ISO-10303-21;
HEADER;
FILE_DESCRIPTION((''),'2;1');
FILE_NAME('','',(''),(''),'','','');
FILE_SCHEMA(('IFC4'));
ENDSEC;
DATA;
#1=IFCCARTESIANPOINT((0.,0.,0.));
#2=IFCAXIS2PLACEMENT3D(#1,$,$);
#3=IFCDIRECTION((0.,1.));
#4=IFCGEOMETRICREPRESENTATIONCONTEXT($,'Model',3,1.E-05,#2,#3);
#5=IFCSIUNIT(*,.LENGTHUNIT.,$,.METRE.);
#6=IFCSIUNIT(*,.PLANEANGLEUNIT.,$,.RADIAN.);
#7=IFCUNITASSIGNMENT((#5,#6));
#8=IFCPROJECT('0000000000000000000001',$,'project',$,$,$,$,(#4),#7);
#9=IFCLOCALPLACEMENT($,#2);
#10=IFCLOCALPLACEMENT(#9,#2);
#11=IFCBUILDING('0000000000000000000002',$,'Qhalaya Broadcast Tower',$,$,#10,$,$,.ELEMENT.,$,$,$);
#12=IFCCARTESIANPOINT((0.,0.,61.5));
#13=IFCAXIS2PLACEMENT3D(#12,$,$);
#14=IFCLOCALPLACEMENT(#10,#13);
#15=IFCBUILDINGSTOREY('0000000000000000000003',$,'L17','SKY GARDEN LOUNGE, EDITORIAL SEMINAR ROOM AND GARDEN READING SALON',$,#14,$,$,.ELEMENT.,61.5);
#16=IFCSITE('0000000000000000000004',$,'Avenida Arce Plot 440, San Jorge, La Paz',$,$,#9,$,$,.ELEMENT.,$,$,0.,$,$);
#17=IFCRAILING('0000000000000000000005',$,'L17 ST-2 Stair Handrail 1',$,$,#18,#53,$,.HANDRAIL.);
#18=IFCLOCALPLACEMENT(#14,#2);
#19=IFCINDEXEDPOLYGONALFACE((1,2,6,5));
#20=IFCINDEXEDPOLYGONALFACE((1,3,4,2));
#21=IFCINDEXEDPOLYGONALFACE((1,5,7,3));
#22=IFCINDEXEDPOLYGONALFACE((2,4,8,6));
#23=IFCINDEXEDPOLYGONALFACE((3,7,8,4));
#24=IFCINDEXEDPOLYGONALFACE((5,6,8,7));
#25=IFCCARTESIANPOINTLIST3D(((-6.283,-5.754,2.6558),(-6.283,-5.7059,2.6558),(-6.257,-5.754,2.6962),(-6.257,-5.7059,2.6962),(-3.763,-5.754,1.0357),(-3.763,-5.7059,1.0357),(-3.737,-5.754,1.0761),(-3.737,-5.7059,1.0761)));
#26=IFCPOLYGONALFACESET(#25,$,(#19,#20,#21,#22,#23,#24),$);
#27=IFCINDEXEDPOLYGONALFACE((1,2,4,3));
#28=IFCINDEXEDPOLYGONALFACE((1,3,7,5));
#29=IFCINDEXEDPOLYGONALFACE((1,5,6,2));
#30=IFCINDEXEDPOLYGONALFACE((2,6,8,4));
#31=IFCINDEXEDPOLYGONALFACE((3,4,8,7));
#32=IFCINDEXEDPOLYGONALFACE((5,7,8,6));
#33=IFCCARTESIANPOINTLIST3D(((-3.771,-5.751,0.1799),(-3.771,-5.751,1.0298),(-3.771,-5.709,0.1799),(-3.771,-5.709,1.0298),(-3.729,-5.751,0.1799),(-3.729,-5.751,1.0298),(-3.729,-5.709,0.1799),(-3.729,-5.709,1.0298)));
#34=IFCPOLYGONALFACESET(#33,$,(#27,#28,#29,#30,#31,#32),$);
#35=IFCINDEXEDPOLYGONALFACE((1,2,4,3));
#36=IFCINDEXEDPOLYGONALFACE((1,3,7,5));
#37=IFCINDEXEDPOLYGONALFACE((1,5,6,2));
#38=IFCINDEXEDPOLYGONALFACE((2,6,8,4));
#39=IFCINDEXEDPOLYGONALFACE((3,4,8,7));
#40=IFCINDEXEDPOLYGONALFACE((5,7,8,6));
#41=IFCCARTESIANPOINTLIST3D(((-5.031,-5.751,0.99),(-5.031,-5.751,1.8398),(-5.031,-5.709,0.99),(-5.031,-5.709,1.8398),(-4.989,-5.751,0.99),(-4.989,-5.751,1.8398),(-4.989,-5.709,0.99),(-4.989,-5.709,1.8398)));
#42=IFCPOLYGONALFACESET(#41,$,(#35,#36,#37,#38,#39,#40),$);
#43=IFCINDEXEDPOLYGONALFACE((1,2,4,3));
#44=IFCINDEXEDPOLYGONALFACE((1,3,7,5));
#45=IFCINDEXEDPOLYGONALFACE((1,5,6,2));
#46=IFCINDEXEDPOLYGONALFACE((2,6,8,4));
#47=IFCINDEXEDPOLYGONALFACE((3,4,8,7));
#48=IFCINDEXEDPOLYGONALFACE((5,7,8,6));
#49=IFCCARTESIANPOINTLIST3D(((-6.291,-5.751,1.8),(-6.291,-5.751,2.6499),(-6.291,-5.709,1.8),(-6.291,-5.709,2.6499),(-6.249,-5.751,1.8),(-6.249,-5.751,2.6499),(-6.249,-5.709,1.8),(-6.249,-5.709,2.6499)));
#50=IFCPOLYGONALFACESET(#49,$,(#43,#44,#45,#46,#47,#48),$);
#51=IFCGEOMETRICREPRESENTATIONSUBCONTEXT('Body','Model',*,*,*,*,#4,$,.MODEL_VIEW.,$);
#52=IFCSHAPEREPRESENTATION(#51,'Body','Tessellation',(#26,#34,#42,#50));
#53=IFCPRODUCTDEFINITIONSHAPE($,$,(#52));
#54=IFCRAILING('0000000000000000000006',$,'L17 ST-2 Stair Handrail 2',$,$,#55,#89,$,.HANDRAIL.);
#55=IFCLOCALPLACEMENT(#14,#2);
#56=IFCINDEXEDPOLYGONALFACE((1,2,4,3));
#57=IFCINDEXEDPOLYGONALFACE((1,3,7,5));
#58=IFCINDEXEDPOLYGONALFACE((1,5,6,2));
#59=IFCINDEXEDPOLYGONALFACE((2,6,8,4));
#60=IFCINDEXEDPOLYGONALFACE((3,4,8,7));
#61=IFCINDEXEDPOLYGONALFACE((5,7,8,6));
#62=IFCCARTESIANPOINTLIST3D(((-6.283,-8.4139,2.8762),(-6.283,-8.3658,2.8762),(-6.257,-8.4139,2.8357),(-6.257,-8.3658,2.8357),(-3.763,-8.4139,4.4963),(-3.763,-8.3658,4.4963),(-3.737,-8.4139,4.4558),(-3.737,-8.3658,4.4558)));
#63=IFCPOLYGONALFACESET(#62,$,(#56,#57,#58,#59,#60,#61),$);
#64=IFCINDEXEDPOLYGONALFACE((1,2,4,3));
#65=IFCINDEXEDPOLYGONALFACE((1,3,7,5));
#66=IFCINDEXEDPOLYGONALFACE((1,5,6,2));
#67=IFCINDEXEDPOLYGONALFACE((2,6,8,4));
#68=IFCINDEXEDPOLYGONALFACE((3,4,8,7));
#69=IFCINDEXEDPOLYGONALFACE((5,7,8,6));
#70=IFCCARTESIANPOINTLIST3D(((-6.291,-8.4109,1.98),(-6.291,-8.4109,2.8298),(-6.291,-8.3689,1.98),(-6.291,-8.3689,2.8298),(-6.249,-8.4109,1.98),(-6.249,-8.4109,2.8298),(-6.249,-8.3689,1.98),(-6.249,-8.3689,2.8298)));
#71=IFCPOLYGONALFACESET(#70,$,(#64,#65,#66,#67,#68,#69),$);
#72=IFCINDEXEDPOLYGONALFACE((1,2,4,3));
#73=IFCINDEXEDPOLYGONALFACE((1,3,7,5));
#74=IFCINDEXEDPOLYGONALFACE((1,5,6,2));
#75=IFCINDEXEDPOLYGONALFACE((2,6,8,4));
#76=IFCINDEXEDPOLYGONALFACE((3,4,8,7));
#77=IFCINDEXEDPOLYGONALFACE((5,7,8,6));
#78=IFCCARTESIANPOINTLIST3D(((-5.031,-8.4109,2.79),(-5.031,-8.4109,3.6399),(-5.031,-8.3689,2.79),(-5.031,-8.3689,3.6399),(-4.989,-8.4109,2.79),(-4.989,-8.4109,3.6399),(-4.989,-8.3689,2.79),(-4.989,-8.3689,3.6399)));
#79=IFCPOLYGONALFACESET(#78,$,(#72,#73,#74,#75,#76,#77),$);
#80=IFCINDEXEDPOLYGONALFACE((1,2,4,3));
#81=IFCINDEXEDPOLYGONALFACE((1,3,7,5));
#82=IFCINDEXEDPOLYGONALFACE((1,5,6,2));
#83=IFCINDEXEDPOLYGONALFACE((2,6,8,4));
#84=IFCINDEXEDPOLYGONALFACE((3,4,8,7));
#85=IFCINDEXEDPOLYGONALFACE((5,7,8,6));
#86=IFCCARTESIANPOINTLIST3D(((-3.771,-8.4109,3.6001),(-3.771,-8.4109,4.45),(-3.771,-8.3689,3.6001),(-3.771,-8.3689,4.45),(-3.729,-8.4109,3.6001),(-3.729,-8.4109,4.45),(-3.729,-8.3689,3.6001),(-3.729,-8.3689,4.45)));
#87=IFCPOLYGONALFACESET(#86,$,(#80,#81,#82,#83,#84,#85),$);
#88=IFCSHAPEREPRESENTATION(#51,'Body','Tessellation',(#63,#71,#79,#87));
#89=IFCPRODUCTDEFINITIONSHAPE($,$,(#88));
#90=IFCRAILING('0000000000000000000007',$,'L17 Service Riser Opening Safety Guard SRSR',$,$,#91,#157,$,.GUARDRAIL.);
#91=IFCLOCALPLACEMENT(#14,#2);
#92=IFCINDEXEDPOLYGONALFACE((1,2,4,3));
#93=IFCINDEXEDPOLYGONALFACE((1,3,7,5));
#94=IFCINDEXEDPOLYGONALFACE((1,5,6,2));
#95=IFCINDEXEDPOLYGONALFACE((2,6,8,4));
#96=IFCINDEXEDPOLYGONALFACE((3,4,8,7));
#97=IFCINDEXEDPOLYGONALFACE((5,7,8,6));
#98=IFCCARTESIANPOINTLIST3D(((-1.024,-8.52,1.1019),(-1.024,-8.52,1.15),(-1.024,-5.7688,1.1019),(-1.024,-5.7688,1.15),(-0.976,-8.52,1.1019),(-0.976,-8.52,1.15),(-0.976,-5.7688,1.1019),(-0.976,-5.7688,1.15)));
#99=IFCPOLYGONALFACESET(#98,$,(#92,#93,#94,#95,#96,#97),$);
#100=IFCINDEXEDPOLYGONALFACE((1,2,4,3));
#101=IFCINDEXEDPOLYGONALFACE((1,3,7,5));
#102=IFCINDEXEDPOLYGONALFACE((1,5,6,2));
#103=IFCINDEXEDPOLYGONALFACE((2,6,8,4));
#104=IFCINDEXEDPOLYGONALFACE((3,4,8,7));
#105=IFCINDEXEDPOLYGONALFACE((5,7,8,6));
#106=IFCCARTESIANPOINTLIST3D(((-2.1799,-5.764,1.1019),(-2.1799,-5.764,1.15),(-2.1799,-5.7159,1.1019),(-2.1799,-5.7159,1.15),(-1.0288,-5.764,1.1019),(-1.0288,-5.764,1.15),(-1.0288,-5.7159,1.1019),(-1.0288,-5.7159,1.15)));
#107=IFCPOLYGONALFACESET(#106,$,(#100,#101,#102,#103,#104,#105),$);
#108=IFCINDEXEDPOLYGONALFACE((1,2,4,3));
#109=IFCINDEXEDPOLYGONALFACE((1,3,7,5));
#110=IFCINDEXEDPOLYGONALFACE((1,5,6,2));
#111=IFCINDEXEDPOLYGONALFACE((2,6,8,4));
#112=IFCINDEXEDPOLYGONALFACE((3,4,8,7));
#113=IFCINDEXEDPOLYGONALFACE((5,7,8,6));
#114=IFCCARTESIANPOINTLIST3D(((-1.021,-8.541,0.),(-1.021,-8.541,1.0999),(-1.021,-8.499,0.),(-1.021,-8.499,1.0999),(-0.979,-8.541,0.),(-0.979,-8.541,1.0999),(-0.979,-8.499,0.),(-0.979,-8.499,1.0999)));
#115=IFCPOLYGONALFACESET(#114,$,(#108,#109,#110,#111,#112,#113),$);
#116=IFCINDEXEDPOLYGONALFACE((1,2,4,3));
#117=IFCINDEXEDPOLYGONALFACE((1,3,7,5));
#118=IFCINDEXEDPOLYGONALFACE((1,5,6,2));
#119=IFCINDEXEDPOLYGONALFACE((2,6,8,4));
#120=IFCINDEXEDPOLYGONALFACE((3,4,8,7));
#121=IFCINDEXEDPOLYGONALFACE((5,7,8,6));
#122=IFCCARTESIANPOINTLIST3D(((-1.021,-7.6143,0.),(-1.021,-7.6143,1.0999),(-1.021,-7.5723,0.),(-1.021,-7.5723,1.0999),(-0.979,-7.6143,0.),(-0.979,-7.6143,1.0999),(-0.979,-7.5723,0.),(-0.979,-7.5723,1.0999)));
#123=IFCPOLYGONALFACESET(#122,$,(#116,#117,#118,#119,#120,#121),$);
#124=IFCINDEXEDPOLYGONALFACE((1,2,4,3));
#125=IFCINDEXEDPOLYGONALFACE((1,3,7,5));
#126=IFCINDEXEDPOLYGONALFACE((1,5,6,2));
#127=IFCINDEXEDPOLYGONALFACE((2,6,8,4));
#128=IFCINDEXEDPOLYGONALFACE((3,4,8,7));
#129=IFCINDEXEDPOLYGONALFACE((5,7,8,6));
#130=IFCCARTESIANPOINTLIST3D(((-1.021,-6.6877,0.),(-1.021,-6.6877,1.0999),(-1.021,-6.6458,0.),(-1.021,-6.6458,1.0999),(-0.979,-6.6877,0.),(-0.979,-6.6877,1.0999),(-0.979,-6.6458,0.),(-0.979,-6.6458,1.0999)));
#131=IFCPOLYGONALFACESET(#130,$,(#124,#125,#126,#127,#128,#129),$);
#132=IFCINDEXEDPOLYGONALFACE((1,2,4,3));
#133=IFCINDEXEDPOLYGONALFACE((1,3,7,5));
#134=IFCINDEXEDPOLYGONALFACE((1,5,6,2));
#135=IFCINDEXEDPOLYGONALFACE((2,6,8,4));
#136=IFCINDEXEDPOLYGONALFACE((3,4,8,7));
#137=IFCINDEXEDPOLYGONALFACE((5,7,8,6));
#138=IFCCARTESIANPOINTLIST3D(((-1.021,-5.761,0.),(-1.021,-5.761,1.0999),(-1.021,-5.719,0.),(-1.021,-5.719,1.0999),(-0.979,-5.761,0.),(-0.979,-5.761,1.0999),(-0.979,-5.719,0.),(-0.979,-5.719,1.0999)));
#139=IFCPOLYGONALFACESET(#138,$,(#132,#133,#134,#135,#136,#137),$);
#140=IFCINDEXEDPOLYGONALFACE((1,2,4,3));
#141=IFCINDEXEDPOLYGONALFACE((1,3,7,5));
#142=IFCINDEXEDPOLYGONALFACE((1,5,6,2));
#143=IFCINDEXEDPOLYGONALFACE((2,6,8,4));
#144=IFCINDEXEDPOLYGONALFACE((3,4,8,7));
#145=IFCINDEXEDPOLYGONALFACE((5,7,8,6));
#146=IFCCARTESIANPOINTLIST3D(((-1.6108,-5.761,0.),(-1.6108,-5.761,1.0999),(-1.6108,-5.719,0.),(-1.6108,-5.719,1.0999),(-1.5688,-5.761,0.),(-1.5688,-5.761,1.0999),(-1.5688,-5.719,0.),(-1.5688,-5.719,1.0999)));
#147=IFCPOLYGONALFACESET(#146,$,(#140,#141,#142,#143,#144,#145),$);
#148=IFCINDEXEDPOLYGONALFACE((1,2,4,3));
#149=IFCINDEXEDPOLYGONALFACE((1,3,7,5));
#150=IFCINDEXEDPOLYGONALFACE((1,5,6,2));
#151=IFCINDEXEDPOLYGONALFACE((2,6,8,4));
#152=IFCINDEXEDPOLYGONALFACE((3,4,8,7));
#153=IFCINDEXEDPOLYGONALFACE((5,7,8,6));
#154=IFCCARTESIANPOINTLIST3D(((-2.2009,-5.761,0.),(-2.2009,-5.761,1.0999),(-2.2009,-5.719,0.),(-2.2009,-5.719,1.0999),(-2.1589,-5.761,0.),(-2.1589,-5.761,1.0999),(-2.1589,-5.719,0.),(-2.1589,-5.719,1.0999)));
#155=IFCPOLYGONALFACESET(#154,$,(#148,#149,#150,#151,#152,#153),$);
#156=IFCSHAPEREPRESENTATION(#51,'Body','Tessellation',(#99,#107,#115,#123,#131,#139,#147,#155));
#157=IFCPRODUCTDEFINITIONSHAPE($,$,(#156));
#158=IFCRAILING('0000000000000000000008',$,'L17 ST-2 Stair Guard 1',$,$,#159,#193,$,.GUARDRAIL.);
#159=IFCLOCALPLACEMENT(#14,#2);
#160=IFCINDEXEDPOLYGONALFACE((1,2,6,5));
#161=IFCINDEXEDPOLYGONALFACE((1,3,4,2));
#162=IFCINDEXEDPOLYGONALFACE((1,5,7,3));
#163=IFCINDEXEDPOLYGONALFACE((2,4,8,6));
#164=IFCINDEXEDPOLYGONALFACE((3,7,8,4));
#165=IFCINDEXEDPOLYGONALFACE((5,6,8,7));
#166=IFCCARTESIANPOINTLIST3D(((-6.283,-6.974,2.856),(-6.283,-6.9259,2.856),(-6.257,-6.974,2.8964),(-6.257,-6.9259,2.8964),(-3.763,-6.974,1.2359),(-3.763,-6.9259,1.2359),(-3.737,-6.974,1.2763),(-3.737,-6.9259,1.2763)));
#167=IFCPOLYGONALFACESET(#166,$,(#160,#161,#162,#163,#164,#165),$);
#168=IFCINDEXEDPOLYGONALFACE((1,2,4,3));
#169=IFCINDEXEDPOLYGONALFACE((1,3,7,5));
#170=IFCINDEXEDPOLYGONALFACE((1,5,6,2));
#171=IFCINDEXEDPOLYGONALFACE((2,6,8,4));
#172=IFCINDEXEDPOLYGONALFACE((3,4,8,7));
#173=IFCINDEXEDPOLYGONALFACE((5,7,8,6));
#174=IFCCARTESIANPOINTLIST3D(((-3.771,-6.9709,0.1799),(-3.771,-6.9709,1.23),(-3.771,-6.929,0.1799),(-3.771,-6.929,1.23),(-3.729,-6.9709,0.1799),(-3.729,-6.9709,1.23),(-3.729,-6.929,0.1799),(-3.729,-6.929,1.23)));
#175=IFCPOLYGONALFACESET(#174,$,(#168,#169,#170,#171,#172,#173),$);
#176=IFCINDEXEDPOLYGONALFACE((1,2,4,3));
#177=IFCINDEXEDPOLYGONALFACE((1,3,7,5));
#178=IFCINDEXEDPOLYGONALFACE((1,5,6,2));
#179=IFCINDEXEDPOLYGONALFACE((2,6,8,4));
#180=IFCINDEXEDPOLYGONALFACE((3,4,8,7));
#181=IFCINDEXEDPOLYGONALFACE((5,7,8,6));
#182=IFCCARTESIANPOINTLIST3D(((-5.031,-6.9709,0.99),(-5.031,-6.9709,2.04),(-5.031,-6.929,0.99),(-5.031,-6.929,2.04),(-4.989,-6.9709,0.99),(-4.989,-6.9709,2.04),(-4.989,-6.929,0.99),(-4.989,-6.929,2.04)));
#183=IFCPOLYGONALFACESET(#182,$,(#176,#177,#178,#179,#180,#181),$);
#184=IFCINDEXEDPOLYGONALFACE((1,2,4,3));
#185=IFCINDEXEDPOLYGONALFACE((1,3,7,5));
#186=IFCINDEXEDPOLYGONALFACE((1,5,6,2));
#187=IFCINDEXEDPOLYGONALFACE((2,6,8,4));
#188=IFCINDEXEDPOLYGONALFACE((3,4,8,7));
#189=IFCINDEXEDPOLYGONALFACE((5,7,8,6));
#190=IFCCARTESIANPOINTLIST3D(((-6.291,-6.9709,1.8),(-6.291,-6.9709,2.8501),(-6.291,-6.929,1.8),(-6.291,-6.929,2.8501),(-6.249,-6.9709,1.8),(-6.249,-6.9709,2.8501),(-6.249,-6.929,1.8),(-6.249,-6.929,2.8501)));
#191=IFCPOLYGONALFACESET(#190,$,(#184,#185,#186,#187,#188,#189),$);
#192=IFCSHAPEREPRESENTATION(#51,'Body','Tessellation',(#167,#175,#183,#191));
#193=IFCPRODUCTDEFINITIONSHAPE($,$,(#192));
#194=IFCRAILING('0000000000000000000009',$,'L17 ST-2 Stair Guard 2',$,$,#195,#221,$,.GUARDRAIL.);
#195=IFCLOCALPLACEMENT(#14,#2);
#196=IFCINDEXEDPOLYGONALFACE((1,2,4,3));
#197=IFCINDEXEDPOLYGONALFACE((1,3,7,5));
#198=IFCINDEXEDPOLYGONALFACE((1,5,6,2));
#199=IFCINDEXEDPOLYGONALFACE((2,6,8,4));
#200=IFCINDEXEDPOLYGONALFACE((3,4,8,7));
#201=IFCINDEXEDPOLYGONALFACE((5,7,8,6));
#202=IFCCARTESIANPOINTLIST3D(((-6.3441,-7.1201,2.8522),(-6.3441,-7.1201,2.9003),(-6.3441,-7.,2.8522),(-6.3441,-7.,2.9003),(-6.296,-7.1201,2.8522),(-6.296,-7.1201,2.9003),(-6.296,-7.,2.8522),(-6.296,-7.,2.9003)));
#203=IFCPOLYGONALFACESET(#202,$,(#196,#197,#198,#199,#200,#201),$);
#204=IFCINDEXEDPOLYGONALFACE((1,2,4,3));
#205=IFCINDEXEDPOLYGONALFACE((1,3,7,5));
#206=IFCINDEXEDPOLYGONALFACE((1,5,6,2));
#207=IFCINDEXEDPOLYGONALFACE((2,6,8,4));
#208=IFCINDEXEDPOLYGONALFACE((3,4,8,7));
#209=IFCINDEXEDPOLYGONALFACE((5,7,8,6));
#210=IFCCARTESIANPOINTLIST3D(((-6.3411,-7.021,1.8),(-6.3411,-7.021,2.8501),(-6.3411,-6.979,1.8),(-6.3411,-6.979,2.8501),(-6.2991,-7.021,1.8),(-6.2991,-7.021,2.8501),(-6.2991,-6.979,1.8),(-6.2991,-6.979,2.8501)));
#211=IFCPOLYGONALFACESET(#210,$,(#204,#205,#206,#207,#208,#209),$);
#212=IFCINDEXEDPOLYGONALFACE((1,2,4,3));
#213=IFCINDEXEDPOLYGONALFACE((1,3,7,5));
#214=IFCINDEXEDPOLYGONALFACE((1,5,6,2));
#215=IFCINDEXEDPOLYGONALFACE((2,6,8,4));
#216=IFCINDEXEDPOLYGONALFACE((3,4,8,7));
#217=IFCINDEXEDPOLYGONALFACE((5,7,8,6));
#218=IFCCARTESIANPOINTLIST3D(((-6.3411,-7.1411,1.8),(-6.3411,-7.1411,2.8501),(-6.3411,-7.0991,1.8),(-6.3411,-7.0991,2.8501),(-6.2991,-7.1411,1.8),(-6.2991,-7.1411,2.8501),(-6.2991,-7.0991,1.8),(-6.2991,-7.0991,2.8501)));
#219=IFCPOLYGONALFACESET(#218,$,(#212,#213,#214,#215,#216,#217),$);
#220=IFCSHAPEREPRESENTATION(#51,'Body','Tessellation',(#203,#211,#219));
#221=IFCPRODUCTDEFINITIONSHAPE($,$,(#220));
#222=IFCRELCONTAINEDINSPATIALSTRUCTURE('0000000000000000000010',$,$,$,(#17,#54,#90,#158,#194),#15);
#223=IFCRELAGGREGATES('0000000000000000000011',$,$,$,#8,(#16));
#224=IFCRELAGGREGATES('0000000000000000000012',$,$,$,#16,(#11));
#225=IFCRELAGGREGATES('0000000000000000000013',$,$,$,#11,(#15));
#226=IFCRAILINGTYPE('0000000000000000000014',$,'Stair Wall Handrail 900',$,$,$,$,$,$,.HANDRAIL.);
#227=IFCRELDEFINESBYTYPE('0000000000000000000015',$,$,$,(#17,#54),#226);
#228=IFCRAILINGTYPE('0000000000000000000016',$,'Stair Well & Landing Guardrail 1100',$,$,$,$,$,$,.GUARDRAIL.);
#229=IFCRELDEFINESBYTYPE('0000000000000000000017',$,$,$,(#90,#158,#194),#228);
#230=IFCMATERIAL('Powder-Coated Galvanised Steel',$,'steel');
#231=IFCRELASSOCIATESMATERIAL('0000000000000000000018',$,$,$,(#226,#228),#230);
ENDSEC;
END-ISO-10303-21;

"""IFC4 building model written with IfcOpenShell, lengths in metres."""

from ifc_helpers import new_model, si_unit, direction, frame, origin, origin_2d, place, context, subcontext, project, spatial, rectangle, extrude, material, type_object, element, save


model = new_model("IFC4")

# Units and contexts
model_context = context("Model", 3, precision=1e-05, world=origin(), true_north=direction((0.0, 1.0)))
body_context = subcontext(model_context, "Body", "Model", "MODEL_VIEW")
ifc_project = project(units=[si_unit("LENGTHUNIT", "METRE"), si_unit("PLANEANGLEUNIT", "RADIAN")], contexts=[model_context])

# Site, building, storey
site_placement = place(None, origin())
site = spatial("IfcSite", under=ifc_project, at=site_placement, Name="Avenida Arce Plot 440, San Jorge, La Paz", CompositionType="ELEMENT", RefElevation=0.0)
building_placement = place(site_placement, origin())
building = spatial("IfcBuilding", under=site, at=building_placement, Name="Qhalaya Broadcast Tower", CompositionType="ELEMENT")
storey_placement = place(building_placement, frame((0.0, 0.0, 61.5)))
storey = spatial("IfcBuildingStorey", under=building, at=storey_placement, Name="L17", Description="SKY GARDEN LOUNGE, EDITORIAL SEMINAR ROOM AND GARDEN READING SALON", CompositionType="ELEMENT", Elevation=61.5)

# Railings
ifc_material_1 = material(Name="Powder-Coated Galvanised Steel", Category="steel")
railing_type_1 = type_object("IfcRailingType", Name="Stair Wall Handrail 900", PredefinedType="HANDRAIL", material=ifc_material_1)
railing_1_placement = place(storey_placement, frame((-3.75, -5.73, 0.1799)))
element("IfcRailing", 1, at=railing_1_placement, inside=storey, type_object=railing_type_1, Name="L17 ST-2 Stair Handrail 1", PredefinedType="HANDRAIL", context=body_context, shape_type="SweptSolid", body=[
    extrude(rectangle(XDim=0.0481, YDim=0.0481, at=origin_2d()), frame((0.0, 0.0, 0.876), z_axis=(-0.841163, 0.0, 0.540782), x_axis=(0.0, -1.0, 0.0)), (0.0, 0.0, 1.0), 2.9958),
    extrude(rectangle(XDim=0.042, YDim=0.042, at=origin_2d()), origin(), (0.0, 0.0, 1.0), 0.8499),
    extrude(rectangle(XDim=0.042, YDim=0.042, at=origin_2d()), frame((-1.26, 0.0, 0.8101)), (0.0, 0.0, 1.0), 0.8499),
    extrude(rectangle(XDim=0.042, YDim=0.042, at=origin_2d()), frame((-2.52, 0.0, 1.6201)), (0.0, 0.0, 1.0), 0.8499),
])
railing_2_placement = place(storey_placement, frame((-6.27, -8.3899, 1.98)))
element("IfcRailing", 2, at=railing_2_placement, inside=storey, type_object=railing_type_1, Name="L17 ST-2 Stair Handrail 2", PredefinedType="HANDRAIL", context=body_context, shape_type="SweptSolid", body=[
    extrude(rectangle(XDim=0.0481, YDim=0.0481, at=origin_2d()), frame((0.0, 0.0, 0.876), z_axis=(0.841163, 0.0, 0.540782), x_axis=(0.0, 1.0, 0.0)), (0.0, 0.0, 1.0), 2.9958),
    extrude(rectangle(XDim=0.042, YDim=0.042, at=origin_2d()), origin(), (0.0, 0.0, 1.0), 0.8499),
    extrude(rectangle(XDim=0.042, YDim=0.042, at=origin_2d()), frame((1.26, 0.0, 0.8101)), (0.0, 0.0, 1.0), 0.8499),
    extrude(rectangle(XDim=0.042, YDim=0.042, at=origin_2d()), frame((2.52, 0.0, 1.6201)), (0.0, 0.0, 1.0), 0.8499),
])
railing_type_2 = type_object("IfcRailingType", Name="Stair Well & Landing Guardrail 1100", PredefinedType="GUARDRAIL", material=ifc_material_1)
railing_3_placement = place(storey_placement, frame((-1.0, -8.52, 0.0)))
element("IfcRailing", 3, at=railing_3_placement, inside=storey, type_object=railing_type_2, Name="L17 Service Riser Opening Safety Guard SRSR", PredefinedType="GUARDRAIL", context=body_context, shape_type="SweptSolid", body=[
    extrude(rectangle(XDim=0.0481, YDim=0.0481, at=origin_2d()), frame((0.0, 0.0, 1.126), z_axis=(0.0, 1.0, 0.0), x_axis=(-1.0, 0.0, 0.0)), (0.0, 0.0, 1.0), 2.7512),
    extrude(rectangle(XDim=0.0481, YDim=0.0481, at=origin_2d()), frame((-0.0288, 2.78, 1.126), z_axis=(-1.0, 0.0, 0.0), x_axis=(0.0, -1.0, 0.0)), (0.0, 0.0, 1.0), 1.1511),
    extrude(rectangle(XDim=0.042, YDim=0.042, at=origin_2d()), origin(), (0.0, 0.0, 1.0), 1.0999),
    extrude(rectangle(XDim=0.042, YDim=0.042, at=origin_2d()), frame((0.0, 0.9268, 0.0)), (0.0, 0.0, 1.0), 1.0999),
    extrude(rectangle(XDim=0.042, YDim=0.042, at=origin_2d()), frame((0.0, 1.8533, 0.0)), (0.0, 0.0, 1.0), 1.0999),
    extrude(rectangle(XDim=0.042, YDim=0.042, at=origin_2d()), frame((0.0, 2.78, 0.0)), (0.0, 0.0, 1.0), 1.0999),
    extrude(rectangle(XDim=0.042, YDim=0.042, at=origin_2d()), frame((-0.5898, 2.78, 0.0)), (0.0, 0.0, 1.0), 1.0999),
    extrude(rectangle(XDim=0.042, YDim=0.042, at=origin_2d()), frame((-1.1799, 2.78, 0.0)), (0.0, 0.0, 1.0), 1.0999),
])
railing_4_placement = place(storey_placement, frame((-3.75, -6.95, 0.1799)))
element("IfcRailing", 4, at=railing_4_placement, inside=storey, type_object=railing_type_2, Name="L17 ST-2 Stair Guard 1", PredefinedType="GUARDRAIL", context=body_context, shape_type="SweptSolid", body=[
    extrude(rectangle(XDim=0.0481, YDim=0.0481, at=origin_2d()), frame((0.0, 0.0, 1.0762), z_axis=(-0.841163, 0.0, 0.540782), x_axis=(0.0, -1.0, 0.0)), (0.0, 0.0, 1.0), 2.9958),
    extrude(rectangle(XDim=0.042, YDim=0.042, at=origin_2d()), origin(), (0.0, 0.0, 1.0), 1.05),
    extrude(rectangle(XDim=0.042, YDim=0.042, at=origin_2d()), frame((-1.26, 0.0, 0.8101)), (0.0, 0.0, 1.0), 1.05),
    extrude(rectangle(XDim=0.042, YDim=0.042, at=origin_2d()), frame((-2.52, 0.0, 1.6201)), (0.0, 0.0, 1.0), 1.05),
])
railing_5_placement = place(storey_placement, frame((-6.3201, -7.0, 1.8)))
element("IfcRailing", 5, at=railing_5_placement, inside=storey, type_object=railing_type_2, Name="L17 ST-2 Stair Guard 2", PredefinedType="GUARDRAIL", context=body_context, shape_type="SweptSolid", body=[
    extrude(rectangle(XDim=0.0481, YDim=0.0481, at=origin_2d()), frame((0.0, 0.0, 1.0762), z_axis=(0.0, -1.0, 0.0), x_axis=(1.0, 0.0, 0.0)), (0.0, 0.0, 1.0), 0.1201),
    extrude(rectangle(XDim=0.042, YDim=0.042, at=origin_2d()), origin(), (0.0, 0.0, 1.0), 1.05),
    extrude(rectangle(XDim=0.042, YDim=0.042, at=origin_2d()), frame((0.0, -0.1201, 0.0)), (0.0, 0.0, 1.0), 1.05),
])

save(model, "model.ifc")
